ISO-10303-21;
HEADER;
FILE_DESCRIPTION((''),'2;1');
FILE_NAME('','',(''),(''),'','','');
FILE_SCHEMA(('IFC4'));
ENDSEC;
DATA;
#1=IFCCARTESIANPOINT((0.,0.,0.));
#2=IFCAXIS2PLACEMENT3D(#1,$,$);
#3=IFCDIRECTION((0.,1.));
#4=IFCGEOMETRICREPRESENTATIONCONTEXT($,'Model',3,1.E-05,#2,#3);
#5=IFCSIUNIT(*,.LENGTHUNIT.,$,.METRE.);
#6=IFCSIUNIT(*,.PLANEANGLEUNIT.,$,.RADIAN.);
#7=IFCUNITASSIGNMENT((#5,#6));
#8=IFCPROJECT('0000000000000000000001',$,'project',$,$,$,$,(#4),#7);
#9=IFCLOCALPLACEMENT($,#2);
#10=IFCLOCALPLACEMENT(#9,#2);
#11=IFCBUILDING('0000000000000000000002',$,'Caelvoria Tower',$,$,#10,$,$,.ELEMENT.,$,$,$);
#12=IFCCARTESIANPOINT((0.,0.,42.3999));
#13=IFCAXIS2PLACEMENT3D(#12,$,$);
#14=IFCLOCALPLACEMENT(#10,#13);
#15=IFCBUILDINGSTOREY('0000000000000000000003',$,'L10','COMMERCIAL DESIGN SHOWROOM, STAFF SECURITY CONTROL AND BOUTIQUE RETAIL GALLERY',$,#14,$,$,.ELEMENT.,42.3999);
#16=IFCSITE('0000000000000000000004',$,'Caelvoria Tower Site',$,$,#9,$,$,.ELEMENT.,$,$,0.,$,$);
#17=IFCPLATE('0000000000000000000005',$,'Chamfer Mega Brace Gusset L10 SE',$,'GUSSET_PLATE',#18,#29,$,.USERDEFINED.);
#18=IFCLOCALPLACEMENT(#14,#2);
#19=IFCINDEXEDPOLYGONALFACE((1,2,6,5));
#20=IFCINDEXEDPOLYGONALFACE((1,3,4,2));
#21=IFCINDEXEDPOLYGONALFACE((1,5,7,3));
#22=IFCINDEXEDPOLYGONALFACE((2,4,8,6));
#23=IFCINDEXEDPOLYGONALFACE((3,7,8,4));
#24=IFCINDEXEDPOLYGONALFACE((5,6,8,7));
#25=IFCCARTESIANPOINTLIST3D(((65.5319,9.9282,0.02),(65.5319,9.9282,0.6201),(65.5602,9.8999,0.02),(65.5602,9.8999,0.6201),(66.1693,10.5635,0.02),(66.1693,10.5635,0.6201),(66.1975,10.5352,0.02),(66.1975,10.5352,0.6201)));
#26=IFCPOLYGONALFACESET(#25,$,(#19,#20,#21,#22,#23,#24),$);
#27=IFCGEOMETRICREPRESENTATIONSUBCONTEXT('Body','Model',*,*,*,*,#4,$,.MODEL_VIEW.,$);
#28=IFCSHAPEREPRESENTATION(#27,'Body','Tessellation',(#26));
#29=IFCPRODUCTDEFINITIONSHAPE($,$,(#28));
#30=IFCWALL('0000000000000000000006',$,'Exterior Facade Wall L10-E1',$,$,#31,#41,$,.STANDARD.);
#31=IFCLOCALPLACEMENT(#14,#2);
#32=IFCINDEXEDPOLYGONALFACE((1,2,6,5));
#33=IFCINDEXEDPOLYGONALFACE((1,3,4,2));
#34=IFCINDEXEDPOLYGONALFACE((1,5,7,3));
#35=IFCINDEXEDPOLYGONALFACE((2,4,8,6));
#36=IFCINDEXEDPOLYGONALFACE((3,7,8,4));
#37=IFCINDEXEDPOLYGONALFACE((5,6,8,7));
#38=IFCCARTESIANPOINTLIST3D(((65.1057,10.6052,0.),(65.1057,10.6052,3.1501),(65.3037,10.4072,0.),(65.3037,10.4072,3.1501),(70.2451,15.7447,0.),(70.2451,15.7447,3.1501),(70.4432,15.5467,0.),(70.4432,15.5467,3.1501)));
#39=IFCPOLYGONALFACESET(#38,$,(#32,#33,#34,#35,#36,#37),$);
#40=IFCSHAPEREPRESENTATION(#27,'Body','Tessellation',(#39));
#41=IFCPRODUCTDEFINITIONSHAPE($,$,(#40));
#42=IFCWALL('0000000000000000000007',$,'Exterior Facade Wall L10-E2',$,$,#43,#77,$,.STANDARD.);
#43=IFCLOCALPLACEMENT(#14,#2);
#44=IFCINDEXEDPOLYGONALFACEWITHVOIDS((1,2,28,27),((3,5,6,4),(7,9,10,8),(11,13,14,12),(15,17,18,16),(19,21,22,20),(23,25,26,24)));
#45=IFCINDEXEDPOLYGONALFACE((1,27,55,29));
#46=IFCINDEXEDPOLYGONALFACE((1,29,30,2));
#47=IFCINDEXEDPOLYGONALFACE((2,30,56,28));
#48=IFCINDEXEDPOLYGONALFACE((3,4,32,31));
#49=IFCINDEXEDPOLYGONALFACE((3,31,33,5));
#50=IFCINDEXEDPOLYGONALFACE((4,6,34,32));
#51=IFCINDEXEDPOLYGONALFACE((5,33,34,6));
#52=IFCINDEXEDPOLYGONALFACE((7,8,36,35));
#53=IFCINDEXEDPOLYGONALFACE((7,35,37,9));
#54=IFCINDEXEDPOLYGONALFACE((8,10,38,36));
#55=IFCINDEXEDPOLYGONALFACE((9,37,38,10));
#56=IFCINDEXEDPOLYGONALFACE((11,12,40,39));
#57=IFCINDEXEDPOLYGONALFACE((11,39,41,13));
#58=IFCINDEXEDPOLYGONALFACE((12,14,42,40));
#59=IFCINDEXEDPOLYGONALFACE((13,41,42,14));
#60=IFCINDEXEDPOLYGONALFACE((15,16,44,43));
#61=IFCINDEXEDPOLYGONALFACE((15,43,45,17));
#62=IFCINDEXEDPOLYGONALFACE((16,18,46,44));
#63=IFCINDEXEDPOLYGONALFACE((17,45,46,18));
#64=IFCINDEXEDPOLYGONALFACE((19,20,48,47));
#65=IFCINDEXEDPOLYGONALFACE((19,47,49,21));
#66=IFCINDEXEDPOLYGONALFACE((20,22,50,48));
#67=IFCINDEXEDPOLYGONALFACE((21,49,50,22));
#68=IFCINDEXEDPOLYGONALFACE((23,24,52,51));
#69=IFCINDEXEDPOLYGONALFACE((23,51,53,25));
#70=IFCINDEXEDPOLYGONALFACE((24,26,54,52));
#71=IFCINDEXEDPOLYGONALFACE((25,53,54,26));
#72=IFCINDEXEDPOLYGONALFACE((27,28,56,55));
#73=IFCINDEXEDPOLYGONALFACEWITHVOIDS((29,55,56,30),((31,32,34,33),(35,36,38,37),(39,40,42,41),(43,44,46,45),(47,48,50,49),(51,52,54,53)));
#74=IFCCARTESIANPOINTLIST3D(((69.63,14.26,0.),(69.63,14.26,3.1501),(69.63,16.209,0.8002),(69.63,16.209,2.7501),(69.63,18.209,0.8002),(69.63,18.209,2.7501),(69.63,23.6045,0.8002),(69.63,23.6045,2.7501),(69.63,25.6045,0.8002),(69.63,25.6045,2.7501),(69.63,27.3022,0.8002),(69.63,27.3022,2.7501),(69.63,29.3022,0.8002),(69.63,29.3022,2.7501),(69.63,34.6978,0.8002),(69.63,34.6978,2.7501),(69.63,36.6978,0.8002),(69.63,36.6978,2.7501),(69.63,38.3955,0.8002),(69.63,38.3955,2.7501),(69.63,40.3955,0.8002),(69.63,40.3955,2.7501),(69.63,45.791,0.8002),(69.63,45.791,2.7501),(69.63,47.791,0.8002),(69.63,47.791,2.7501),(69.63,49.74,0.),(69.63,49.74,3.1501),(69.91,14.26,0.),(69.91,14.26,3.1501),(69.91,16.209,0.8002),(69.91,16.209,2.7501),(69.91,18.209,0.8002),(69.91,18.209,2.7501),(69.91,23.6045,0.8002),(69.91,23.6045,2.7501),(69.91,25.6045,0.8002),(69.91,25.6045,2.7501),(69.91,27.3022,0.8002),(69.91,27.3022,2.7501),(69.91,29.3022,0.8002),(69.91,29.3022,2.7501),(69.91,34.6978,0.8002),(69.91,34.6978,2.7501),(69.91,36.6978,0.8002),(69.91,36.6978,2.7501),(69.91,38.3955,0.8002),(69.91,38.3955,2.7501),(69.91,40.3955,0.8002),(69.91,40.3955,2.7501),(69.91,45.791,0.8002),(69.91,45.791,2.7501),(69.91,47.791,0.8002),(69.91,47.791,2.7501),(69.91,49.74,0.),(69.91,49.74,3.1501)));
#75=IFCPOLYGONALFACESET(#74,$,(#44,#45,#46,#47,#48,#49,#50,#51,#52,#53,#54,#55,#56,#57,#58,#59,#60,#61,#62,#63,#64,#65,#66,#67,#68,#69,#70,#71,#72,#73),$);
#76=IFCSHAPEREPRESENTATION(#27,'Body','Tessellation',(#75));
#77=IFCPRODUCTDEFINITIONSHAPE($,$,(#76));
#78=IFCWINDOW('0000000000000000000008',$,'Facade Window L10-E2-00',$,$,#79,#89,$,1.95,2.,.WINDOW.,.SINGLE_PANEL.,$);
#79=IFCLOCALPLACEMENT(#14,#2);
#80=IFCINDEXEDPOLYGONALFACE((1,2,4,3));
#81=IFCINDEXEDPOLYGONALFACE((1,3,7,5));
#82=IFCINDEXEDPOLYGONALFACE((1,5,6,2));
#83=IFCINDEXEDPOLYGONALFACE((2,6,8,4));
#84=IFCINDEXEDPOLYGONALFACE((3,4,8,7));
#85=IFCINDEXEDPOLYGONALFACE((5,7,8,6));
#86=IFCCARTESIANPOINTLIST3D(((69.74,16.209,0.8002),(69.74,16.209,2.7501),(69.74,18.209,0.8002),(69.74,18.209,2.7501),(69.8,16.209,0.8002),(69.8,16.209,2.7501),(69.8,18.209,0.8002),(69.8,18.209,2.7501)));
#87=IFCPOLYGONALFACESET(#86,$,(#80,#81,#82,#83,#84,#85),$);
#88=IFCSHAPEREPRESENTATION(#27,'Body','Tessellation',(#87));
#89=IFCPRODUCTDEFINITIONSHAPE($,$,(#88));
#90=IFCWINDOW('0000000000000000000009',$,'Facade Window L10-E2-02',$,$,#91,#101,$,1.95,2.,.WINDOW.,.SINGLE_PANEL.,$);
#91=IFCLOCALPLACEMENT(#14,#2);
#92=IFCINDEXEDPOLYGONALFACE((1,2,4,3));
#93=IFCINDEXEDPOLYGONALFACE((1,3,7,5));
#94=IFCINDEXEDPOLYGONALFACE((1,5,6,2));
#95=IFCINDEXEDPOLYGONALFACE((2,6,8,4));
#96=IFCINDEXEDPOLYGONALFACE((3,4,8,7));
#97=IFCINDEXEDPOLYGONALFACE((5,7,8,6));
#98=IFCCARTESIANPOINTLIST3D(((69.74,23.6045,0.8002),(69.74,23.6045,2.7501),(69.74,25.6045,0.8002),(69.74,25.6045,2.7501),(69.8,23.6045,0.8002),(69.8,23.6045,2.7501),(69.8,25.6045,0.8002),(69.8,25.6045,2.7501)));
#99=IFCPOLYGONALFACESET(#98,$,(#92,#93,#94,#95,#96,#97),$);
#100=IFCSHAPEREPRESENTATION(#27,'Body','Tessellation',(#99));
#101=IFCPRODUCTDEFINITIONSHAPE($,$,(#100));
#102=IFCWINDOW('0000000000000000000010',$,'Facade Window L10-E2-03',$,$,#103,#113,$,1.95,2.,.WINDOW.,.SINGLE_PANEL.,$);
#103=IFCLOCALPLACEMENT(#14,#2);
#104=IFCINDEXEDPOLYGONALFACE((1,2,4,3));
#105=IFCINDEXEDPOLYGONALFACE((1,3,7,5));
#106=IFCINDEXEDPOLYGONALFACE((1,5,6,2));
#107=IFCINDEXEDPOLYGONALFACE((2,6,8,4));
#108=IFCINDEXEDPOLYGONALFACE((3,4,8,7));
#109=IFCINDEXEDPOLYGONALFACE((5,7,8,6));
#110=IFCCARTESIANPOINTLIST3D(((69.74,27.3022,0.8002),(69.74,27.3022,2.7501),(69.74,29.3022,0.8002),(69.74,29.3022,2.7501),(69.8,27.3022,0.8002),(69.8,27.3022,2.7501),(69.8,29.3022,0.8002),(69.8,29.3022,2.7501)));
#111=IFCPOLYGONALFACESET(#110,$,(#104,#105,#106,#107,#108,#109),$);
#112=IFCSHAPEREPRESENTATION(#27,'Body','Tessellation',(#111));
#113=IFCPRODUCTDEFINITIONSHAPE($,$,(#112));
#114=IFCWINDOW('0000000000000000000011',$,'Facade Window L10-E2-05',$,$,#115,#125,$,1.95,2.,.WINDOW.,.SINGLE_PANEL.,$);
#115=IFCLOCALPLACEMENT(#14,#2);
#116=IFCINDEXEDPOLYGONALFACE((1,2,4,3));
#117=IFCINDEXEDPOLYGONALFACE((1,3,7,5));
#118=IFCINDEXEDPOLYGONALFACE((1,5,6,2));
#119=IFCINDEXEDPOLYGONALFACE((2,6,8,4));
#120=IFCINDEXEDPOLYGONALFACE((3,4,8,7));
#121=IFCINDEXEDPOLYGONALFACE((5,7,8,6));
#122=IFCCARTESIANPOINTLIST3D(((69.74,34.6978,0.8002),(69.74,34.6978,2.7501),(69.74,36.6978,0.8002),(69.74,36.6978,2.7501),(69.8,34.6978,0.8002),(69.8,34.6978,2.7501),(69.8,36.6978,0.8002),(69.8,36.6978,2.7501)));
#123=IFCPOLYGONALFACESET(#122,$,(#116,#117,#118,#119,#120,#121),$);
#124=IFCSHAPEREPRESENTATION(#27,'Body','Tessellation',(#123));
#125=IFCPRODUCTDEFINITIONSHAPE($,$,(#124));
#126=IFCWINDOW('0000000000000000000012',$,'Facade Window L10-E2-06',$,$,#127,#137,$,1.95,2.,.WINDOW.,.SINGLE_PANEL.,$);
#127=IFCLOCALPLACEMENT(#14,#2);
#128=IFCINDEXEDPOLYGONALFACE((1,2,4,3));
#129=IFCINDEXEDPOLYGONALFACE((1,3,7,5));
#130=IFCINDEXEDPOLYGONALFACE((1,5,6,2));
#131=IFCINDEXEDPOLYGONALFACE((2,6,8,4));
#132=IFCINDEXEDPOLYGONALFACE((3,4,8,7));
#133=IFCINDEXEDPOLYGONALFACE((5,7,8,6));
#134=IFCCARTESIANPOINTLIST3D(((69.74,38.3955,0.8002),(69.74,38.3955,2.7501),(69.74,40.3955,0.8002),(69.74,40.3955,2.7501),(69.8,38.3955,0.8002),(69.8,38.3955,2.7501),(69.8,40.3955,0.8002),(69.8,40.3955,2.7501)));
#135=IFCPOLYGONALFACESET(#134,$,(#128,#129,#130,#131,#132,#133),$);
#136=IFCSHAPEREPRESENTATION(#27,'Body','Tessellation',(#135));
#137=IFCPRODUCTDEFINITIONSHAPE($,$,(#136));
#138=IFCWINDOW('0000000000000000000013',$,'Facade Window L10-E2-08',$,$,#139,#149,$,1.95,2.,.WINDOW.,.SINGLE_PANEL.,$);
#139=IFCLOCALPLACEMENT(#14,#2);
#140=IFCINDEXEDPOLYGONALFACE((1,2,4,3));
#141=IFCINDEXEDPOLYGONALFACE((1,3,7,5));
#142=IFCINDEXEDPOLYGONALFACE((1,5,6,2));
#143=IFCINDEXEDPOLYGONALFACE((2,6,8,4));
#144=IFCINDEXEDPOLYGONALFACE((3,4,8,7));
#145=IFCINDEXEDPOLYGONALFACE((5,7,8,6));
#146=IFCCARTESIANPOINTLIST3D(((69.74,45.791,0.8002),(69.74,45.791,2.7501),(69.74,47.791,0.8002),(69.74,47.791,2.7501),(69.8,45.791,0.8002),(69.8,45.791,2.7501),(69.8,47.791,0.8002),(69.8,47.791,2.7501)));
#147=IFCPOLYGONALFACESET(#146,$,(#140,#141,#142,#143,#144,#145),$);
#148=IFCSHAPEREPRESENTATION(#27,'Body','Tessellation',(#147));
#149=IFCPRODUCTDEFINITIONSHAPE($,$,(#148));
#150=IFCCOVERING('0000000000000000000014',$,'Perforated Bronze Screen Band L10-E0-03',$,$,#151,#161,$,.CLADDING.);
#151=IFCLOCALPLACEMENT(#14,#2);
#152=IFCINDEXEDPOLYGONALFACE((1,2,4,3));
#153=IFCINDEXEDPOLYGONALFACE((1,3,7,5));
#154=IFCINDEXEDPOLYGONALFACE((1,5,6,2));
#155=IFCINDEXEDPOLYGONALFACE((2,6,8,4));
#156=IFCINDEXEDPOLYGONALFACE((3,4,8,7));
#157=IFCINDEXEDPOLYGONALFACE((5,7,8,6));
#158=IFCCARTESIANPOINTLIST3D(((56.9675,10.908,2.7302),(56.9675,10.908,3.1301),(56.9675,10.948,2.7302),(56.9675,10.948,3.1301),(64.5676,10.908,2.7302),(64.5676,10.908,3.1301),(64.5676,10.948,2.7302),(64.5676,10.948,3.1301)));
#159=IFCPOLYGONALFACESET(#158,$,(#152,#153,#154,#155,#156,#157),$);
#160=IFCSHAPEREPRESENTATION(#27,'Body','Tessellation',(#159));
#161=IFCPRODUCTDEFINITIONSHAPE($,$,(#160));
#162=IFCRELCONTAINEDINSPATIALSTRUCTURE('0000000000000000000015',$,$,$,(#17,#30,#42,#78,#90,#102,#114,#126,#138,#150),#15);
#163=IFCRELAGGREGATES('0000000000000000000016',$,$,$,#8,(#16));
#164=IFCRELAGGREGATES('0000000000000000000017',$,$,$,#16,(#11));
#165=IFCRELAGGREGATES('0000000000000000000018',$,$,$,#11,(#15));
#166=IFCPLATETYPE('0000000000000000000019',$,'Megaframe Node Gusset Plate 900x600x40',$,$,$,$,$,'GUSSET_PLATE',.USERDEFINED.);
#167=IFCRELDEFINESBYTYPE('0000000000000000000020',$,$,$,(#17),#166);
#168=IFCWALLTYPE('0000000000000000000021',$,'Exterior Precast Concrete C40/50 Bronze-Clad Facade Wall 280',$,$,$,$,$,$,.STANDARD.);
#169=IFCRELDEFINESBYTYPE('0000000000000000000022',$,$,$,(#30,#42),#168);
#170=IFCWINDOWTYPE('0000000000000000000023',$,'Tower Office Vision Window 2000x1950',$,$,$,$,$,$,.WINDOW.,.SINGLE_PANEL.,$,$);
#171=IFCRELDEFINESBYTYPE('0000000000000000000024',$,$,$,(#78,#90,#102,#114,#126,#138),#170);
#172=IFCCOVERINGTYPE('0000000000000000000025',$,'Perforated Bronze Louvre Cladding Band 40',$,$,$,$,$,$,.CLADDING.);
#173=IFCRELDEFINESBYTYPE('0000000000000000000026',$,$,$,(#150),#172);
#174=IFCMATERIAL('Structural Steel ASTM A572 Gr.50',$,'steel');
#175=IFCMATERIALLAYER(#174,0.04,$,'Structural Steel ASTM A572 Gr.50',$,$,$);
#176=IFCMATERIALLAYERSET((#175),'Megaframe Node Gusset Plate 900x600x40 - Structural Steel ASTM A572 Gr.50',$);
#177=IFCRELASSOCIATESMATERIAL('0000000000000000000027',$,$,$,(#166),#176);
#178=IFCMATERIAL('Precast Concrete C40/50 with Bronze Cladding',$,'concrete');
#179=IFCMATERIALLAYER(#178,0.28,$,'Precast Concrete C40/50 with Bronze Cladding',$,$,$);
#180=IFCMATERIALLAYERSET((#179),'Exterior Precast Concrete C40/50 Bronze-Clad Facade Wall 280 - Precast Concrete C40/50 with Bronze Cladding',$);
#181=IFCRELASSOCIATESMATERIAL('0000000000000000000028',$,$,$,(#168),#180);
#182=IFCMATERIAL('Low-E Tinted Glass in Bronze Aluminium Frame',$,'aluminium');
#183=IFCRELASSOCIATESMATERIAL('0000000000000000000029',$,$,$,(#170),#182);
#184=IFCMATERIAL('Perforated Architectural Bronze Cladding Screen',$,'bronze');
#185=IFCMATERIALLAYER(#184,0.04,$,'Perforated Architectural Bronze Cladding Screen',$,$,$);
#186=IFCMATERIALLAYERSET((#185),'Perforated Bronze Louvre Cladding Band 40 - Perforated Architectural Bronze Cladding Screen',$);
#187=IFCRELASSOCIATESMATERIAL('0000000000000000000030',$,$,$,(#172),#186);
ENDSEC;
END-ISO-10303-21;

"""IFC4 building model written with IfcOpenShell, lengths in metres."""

from ifc_helpers import new_model, si_unit, direction, frame, frame_2d, origin, origin_2d, place, context, subcontext, project, spatial, rectangle, extrude, material, layer, layer_set, type_object, element, fill, save


model = new_model("IFC4")

# Units and contexts
model_context = context("Model", 3, precision=1e-05, world=origin(), true_north=direction((0.0, 1.0)))
body_context = subcontext(model_context, "Body", "Model", "MODEL_VIEW")
ifc_project = project(units=[si_unit("LENGTHUNIT", "METRE"), si_unit("PLANEANGLEUNIT", "RADIAN")], contexts=[model_context])

# Site, building, storey
site_placement = place(None, origin())
site = spatial("IfcSite", under=ifc_project, at=site_placement, Name="Caelvoria Tower Site", CompositionType="ELEMENT", RefElevation=0.0)
building_placement = place(site_placement, origin())
building = spatial("IfcBuilding", under=site, at=building_placement, Name="Caelvoria Tower", CompositionType="ELEMENT")
storey_placement = place(building_placement, frame((0.0, 0.0, 42.3999)))
storey = spatial("IfcBuildingStorey", under=building, at=storey_placement, Name="L10", Description="COMMERCIAL DESIGN SHOWROOM, STAFF SECURITY CONTROL AND BOUTIQUE RETAIL GALLERY", CompositionType="ELEMENT", Elevation=42.3999)

# Shared definitions
ifc_material_1 = material(Name="Structural Steel ASTM A572 Gr.50", Category="steel")

# Plate
ifc_layer_1 = layer(ifc_material_1, 0.04, Name="Structural Steel ASTM A572 Gr.50")
ifc_layer_set_1 = layer_set([ifc_layer_1], Name="Megaframe Node Gusset Plate 900x600x40 - Structural Steel ASTM A572 Gr.50")
plate_type = type_object("IfcPlateType", Name="Megaframe Node Gusset Plate 900x600x40", ElementType="GUSSET_PLATE", PredefinedType="USERDEFINED", material=ifc_layer_set_1)
plate_placement = place(storey_placement, frame((65.8647, 10.2317, 0.02), z_axis=(0.0, 0.0, 1.0), x_axis=(0.70823, 0.705982, 0.0)))
element("IfcPlate", 1, at=plate_placement, inside=storey, type_object=plate_type, Name="Chamfer Mega Brace Gusset L10 SE", ObjectType="GUSSET_PLATE", PredefinedType="USERDEFINED", context=body_context, shape_type="SweptSolid", body=[
    extrude(rectangle(XDim=0.8999, YDim=0.04, at=origin_2d()), origin(), (0.0, 0.0, 1.0), 0.6001),
])

# Wall
ifc_material_2 = material(Name="Precast Concrete C40/50 with Bronze Cladding", Category="concrete")
ifc_layer_2 = layer(ifc_material_2, 0.28, Name="Precast Concrete C40/50 with Bronze Cladding")
ifc_layer_set_2 = layer_set([ifc_layer_2], Name="Exterior Precast Concrete C40/50 Bronze-Clad Facade Wall 280 - Precast Concrete C40/50 with Bronze Cladding")
wall_type = type_object("IfcWallType", Name="Exterior Precast Concrete C40/50 Bronze-Clad Facade Wall 280", PredefinedType="STANDARD", material=ifc_layer_set_2)
wall_1_placement = place(storey_placement, frame((65.2046, 10.5061, 0.0), z_axis=(0.0, 0.0, 1.0), x_axis=(0.707107, 0.707107, 0.0)))
element("IfcWall", 2, at=wall_1_placement, inside=storey, type_object=wall_type, Name="Exterior Facade Wall L10-E1", PredefinedType="STANDARD", context=body_context, shape_type="SweptSolid", body=[
    extrude(rectangle(XDim=7.2683, YDim=0.28, at=frame_2d((3.6343, 0.0))), origin(), (0.0, 0.0, 1.0), 3.1501),
])

# Wall, openings, windows
wall_2_placement = place(storey_placement, frame((69.77, 14.26, 0.0), z_axis=(0.0, 0.0, 1.0), x_axis=(0.0, 1.0, 0.0)))
wall_2 = element("IfcWall", 3, at=wall_2_placement, inside=storey, type_object=wall_type, Name="Exterior Facade Wall L10-E2", PredefinedType="STANDARD", context=body_context, shape_type="SweptSolid", body=[
    extrude(rectangle(XDim=35.48, YDim=0.28, at=frame_2d((17.74, 0.0))), origin(), (0.0, 0.0, 1.0), 3.1501),
])
opening_1_placement = place(wall_2_placement, frame((1.949, 0.0, 0.8)))
opening_1 = element("IfcOpeningElement", 4, at=opening_1_placement, cuts=wall_2, PredefinedType="OPENING", context=body_context, shape_type="SweptSolid", body=[
    extrude(rectangle(XDim=2.0, YDim=1.95, at=frame_2d((1.0, 0.9751))), frame((0.0, 0.1499, 0.0), z_axis=(0.0, -1.0, 0.0), x_axis=(1.0, 0.0, 0.0)), (0.0, 0.0, 1.0), 0.3),
])
opening_2_placement = place(wall_2_placement, frame((9.3445, 0.0, 0.8)))
opening_2 = element("IfcOpeningElement", 5, at=opening_2_placement, cuts=wall_2, PredefinedType="OPENING", context=body_context, shape_type="SweptSolid", body=[
    extrude(rectangle(XDim=2.0, YDim=1.95, at=frame_2d((1.0, 0.9751))), frame((0.0, 0.1499, 0.0), z_axis=(0.0, -1.0, 0.0), x_axis=(1.0, 0.0, 0.0)), (0.0, 0.0, 1.0), 0.3),
])
opening_3_placement = place(wall_2_placement, frame((13.0422, 0.0, 0.8)))
opening_3 = element("IfcOpeningElement", 6, at=opening_3_placement, cuts=wall_2, PredefinedType="OPENING", context=body_context, shape_type="SweptSolid", body=[
    extrude(rectangle(XDim=2.0, YDim=1.95, at=frame_2d((1.0, 0.9751))), frame((0.0, 0.1499, 0.0), z_axis=(0.0, -1.0, 0.0), x_axis=(1.0, 0.0, 0.0)), (0.0, 0.0, 1.0), 0.3),
])
opening_4_placement = place(wall_2_placement, frame((20.4377, 0.0, 0.8)))
opening_4 = element("IfcOpeningElement", 7, at=opening_4_placement, cuts=wall_2, PredefinedType="OPENING", context=body_context, shape_type="SweptSolid", body=[
    extrude(rectangle(XDim=2.0, YDim=1.95, at=frame_2d((1.0, 0.9751))), frame((0.0, 0.1499, 0.0), z_axis=(0.0, -1.0, 0.0), x_axis=(1.0, 0.0, 0.0)), (0.0, 0.0, 1.0), 0.3),
])
opening_5_placement = place(wall_2_placement, frame((24.1355, 0.0, 0.8)))
opening_5 = element("IfcOpeningElement", 8, at=opening_5_placement, cuts=wall_2, PredefinedType="OPENING", context=body_context, shape_type="SweptSolid", body=[
    extrude(rectangle(XDim=2.0, YDim=1.95, at=frame_2d((1.0, 0.9751))), frame((0.0, 0.1499, 0.0), z_axis=(0.0, -1.0, 0.0), x_axis=(1.0, 0.0, 0.0)), (0.0, 0.0, 1.0), 0.3),
])
opening_6_placement = place(wall_2_placement, frame((31.531, 0.0, 0.8)))
opening_6 = element("IfcOpeningElement", 9, at=opening_6_placement, cuts=wall_2, PredefinedType="OPENING", context=body_context, shape_type="SweptSolid", body=[
    extrude(rectangle(XDim=2.0, YDim=1.95, at=frame_2d((1.0, 0.9751))), frame((0.0, 0.1499, 0.0), z_axis=(0.0, -1.0, 0.0), x_axis=(1.0, 0.0, 0.0)), (0.0, 0.0, 1.0), 0.3),
])
ifc_material_3 = material(Name="Low-E Tinted Glass in Bronze Aluminium Frame", Category="aluminium")
window_type = type_object("IfcWindowType", Name="Tower Office Vision Window 2000x1950", PartitioningType="SINGLE_PANEL", PredefinedType="WINDOW", material=ifc_material_3)
window_1_placement = place(opening_1_placement, origin())
window_1 = element("IfcWindow", 10, at=window_1_placement, inside=storey, type_object=window_type, Name="Facade Window L10-E2-00", OverallHeight=1.95, OverallWidth=2.0, PartitioningType="SINGLE_PANEL", PredefinedType="WINDOW", context=body_context, shape_type="SweptSolid", body=[
    extrude(rectangle(XDim=2.0, YDim=1.95, at=frame_2d((1.0, 0.9751))), frame((0.0, 0.03, 0.0), z_axis=(0.0, -1.0, 0.0), x_axis=(1.0, 0.0, 0.0)), (0.0, 0.0, 1.0), 0.0601),
])
fill(opening_1, window_1)
window_2_placement = place(opening_2_placement, origin())
window_2 = element("IfcWindow", 11, at=window_2_placement, inside=storey, type_object=window_type, Name="Facade Window L10-E2-02", OverallHeight=1.95, OverallWidth=2.0, PartitioningType="SINGLE_PANEL", PredefinedType="WINDOW", context=body_context, shape_type="SweptSolid", body=[
    extrude(rectangle(XDim=2.0, YDim=1.95, at=frame_2d((1.0, 0.9751))), frame((0.0, 0.03, 0.0), z_axis=(0.0, -1.0, 0.0), x_axis=(1.0, 0.0, 0.0)), (0.0, 0.0, 1.0), 0.0601),
])
fill(opening_2, window_2)
window_3_placement = place(opening_3_placement, origin())
window_3 = element("IfcWindow", 12, at=window_3_placement, inside=storey, type_object=window_type, Name="Facade Window L10-E2-03", OverallHeight=1.95, OverallWidth=2.0, PartitioningType="SINGLE_PANEL", PredefinedType="WINDOW", context=body_context, shape_type="SweptSolid", body=[
    extrude(rectangle(XDim=2.0, YDim=1.95, at=frame_2d((1.0, 0.9751))), frame((0.0, 0.03, 0.0), z_axis=(0.0, -1.0, 0.0), x_axis=(1.0, 0.0, 0.0)), (0.0, 0.0, 1.0), 0.0601),
])
fill(opening_3, window_3)
window_4_placement = place(opening_4_placement, origin())
window_4 = element("IfcWindow", 13, at=window_4_placement, inside=storey, type_object=window_type, Name="Facade Window L10-E2-05", OverallHeight=1.95, OverallWidth=2.0, PartitioningType="SINGLE_PANEL", PredefinedType="WINDOW", context=body_context, shape_type="SweptSolid", body=[
    extrude(rectangle(XDim=2.0, YDim=1.95, at=frame_2d((1.0, 0.9751))), frame((0.0, 0.03, 0.0), z_axis=(0.0, -1.0, 0.0), x_axis=(1.0, 0.0, 0.0)), (0.0, 0.0, 1.0), 0.0601),
])
fill(opening_4, window_4)
window_5_placement = place(opening_5_placement, origin())
window_5 = element("IfcWindow", 14, at=window_5_placement, inside=storey, type_object=window_type, Name="Facade Window L10-E2-06", OverallHeight=1.95, OverallWidth=2.0, PartitioningType="SINGLE_PANEL", PredefinedType="WINDOW", context=body_context, shape_type="SweptSolid", body=[
    extrude(rectangle(XDim=2.0, YDim=1.95, at=frame_2d((1.0, 0.9751))), frame((0.0, 0.03, 0.0), z_axis=(0.0, -1.0, 0.0), x_axis=(1.0, 0.0, 0.0)), (0.0, 0.0, 1.0), 0.0601),
])
fill(opening_5, window_5)
window_6_placement = place(opening_6_placement, origin())
window_6 = element("IfcWindow", 15, at=window_6_placement, inside=storey, type_object=window_type, Name="Facade Window L10-E2-08", OverallHeight=1.95, OverallWidth=2.0, PartitioningType="SINGLE_PANEL", PredefinedType="WINDOW", context=body_context, shape_type="SweptSolid", body=[
    extrude(rectangle(XDim=2.0, YDim=1.95, at=frame_2d((1.0, 0.9751))), frame((0.0, 0.03, 0.0), z_axis=(0.0, -1.0, 0.0), x_axis=(1.0, 0.0, 0.0)), (0.0, 0.0, 1.0), 0.0601),
])
fill(opening_6, window_6)

# Covering
ifc_material_4 = material(Name="Perforated Architectural Bronze Cladding Screen", Category="bronze")
ifc_layer_3 = layer(ifc_material_4, 0.04, Name="Perforated Architectural Bronze Cladding Screen")
ifc_layer_set_3 = layer_set([ifc_layer_3], Name="Perforated Bronze Louvre Cladding Band 40 - Perforated Architectural Bronze Cladding Screen")
covering_type = type_object("IfcCoveringType", Name="Perforated Bronze Louvre Cladding Band 40", PredefinedType="CLADDING", material=ifc_layer_set_3)
covering_1_placement = place(storey_placement, frame((60.7676, 10.928, 2.7302), z_axis=(0.0, 0.0, 1.0), x_axis=(1.0, 0.0, 0.0)))
element("IfcCovering", 16, at=covering_1_placement, inside=storey, type_object=covering_type, Name="Perforated Bronze Screen Band L10-E0-03", PredefinedType="CLADDING", context=body_context, shape_type="SweptSolid", body=[
    extrude(rectangle(XDim=7.6001, YDim=0.04, at=origin_2d()), origin(), (0.0, 0.0, 1.0), 0.3999),
])

save(model, "model.ifc")
